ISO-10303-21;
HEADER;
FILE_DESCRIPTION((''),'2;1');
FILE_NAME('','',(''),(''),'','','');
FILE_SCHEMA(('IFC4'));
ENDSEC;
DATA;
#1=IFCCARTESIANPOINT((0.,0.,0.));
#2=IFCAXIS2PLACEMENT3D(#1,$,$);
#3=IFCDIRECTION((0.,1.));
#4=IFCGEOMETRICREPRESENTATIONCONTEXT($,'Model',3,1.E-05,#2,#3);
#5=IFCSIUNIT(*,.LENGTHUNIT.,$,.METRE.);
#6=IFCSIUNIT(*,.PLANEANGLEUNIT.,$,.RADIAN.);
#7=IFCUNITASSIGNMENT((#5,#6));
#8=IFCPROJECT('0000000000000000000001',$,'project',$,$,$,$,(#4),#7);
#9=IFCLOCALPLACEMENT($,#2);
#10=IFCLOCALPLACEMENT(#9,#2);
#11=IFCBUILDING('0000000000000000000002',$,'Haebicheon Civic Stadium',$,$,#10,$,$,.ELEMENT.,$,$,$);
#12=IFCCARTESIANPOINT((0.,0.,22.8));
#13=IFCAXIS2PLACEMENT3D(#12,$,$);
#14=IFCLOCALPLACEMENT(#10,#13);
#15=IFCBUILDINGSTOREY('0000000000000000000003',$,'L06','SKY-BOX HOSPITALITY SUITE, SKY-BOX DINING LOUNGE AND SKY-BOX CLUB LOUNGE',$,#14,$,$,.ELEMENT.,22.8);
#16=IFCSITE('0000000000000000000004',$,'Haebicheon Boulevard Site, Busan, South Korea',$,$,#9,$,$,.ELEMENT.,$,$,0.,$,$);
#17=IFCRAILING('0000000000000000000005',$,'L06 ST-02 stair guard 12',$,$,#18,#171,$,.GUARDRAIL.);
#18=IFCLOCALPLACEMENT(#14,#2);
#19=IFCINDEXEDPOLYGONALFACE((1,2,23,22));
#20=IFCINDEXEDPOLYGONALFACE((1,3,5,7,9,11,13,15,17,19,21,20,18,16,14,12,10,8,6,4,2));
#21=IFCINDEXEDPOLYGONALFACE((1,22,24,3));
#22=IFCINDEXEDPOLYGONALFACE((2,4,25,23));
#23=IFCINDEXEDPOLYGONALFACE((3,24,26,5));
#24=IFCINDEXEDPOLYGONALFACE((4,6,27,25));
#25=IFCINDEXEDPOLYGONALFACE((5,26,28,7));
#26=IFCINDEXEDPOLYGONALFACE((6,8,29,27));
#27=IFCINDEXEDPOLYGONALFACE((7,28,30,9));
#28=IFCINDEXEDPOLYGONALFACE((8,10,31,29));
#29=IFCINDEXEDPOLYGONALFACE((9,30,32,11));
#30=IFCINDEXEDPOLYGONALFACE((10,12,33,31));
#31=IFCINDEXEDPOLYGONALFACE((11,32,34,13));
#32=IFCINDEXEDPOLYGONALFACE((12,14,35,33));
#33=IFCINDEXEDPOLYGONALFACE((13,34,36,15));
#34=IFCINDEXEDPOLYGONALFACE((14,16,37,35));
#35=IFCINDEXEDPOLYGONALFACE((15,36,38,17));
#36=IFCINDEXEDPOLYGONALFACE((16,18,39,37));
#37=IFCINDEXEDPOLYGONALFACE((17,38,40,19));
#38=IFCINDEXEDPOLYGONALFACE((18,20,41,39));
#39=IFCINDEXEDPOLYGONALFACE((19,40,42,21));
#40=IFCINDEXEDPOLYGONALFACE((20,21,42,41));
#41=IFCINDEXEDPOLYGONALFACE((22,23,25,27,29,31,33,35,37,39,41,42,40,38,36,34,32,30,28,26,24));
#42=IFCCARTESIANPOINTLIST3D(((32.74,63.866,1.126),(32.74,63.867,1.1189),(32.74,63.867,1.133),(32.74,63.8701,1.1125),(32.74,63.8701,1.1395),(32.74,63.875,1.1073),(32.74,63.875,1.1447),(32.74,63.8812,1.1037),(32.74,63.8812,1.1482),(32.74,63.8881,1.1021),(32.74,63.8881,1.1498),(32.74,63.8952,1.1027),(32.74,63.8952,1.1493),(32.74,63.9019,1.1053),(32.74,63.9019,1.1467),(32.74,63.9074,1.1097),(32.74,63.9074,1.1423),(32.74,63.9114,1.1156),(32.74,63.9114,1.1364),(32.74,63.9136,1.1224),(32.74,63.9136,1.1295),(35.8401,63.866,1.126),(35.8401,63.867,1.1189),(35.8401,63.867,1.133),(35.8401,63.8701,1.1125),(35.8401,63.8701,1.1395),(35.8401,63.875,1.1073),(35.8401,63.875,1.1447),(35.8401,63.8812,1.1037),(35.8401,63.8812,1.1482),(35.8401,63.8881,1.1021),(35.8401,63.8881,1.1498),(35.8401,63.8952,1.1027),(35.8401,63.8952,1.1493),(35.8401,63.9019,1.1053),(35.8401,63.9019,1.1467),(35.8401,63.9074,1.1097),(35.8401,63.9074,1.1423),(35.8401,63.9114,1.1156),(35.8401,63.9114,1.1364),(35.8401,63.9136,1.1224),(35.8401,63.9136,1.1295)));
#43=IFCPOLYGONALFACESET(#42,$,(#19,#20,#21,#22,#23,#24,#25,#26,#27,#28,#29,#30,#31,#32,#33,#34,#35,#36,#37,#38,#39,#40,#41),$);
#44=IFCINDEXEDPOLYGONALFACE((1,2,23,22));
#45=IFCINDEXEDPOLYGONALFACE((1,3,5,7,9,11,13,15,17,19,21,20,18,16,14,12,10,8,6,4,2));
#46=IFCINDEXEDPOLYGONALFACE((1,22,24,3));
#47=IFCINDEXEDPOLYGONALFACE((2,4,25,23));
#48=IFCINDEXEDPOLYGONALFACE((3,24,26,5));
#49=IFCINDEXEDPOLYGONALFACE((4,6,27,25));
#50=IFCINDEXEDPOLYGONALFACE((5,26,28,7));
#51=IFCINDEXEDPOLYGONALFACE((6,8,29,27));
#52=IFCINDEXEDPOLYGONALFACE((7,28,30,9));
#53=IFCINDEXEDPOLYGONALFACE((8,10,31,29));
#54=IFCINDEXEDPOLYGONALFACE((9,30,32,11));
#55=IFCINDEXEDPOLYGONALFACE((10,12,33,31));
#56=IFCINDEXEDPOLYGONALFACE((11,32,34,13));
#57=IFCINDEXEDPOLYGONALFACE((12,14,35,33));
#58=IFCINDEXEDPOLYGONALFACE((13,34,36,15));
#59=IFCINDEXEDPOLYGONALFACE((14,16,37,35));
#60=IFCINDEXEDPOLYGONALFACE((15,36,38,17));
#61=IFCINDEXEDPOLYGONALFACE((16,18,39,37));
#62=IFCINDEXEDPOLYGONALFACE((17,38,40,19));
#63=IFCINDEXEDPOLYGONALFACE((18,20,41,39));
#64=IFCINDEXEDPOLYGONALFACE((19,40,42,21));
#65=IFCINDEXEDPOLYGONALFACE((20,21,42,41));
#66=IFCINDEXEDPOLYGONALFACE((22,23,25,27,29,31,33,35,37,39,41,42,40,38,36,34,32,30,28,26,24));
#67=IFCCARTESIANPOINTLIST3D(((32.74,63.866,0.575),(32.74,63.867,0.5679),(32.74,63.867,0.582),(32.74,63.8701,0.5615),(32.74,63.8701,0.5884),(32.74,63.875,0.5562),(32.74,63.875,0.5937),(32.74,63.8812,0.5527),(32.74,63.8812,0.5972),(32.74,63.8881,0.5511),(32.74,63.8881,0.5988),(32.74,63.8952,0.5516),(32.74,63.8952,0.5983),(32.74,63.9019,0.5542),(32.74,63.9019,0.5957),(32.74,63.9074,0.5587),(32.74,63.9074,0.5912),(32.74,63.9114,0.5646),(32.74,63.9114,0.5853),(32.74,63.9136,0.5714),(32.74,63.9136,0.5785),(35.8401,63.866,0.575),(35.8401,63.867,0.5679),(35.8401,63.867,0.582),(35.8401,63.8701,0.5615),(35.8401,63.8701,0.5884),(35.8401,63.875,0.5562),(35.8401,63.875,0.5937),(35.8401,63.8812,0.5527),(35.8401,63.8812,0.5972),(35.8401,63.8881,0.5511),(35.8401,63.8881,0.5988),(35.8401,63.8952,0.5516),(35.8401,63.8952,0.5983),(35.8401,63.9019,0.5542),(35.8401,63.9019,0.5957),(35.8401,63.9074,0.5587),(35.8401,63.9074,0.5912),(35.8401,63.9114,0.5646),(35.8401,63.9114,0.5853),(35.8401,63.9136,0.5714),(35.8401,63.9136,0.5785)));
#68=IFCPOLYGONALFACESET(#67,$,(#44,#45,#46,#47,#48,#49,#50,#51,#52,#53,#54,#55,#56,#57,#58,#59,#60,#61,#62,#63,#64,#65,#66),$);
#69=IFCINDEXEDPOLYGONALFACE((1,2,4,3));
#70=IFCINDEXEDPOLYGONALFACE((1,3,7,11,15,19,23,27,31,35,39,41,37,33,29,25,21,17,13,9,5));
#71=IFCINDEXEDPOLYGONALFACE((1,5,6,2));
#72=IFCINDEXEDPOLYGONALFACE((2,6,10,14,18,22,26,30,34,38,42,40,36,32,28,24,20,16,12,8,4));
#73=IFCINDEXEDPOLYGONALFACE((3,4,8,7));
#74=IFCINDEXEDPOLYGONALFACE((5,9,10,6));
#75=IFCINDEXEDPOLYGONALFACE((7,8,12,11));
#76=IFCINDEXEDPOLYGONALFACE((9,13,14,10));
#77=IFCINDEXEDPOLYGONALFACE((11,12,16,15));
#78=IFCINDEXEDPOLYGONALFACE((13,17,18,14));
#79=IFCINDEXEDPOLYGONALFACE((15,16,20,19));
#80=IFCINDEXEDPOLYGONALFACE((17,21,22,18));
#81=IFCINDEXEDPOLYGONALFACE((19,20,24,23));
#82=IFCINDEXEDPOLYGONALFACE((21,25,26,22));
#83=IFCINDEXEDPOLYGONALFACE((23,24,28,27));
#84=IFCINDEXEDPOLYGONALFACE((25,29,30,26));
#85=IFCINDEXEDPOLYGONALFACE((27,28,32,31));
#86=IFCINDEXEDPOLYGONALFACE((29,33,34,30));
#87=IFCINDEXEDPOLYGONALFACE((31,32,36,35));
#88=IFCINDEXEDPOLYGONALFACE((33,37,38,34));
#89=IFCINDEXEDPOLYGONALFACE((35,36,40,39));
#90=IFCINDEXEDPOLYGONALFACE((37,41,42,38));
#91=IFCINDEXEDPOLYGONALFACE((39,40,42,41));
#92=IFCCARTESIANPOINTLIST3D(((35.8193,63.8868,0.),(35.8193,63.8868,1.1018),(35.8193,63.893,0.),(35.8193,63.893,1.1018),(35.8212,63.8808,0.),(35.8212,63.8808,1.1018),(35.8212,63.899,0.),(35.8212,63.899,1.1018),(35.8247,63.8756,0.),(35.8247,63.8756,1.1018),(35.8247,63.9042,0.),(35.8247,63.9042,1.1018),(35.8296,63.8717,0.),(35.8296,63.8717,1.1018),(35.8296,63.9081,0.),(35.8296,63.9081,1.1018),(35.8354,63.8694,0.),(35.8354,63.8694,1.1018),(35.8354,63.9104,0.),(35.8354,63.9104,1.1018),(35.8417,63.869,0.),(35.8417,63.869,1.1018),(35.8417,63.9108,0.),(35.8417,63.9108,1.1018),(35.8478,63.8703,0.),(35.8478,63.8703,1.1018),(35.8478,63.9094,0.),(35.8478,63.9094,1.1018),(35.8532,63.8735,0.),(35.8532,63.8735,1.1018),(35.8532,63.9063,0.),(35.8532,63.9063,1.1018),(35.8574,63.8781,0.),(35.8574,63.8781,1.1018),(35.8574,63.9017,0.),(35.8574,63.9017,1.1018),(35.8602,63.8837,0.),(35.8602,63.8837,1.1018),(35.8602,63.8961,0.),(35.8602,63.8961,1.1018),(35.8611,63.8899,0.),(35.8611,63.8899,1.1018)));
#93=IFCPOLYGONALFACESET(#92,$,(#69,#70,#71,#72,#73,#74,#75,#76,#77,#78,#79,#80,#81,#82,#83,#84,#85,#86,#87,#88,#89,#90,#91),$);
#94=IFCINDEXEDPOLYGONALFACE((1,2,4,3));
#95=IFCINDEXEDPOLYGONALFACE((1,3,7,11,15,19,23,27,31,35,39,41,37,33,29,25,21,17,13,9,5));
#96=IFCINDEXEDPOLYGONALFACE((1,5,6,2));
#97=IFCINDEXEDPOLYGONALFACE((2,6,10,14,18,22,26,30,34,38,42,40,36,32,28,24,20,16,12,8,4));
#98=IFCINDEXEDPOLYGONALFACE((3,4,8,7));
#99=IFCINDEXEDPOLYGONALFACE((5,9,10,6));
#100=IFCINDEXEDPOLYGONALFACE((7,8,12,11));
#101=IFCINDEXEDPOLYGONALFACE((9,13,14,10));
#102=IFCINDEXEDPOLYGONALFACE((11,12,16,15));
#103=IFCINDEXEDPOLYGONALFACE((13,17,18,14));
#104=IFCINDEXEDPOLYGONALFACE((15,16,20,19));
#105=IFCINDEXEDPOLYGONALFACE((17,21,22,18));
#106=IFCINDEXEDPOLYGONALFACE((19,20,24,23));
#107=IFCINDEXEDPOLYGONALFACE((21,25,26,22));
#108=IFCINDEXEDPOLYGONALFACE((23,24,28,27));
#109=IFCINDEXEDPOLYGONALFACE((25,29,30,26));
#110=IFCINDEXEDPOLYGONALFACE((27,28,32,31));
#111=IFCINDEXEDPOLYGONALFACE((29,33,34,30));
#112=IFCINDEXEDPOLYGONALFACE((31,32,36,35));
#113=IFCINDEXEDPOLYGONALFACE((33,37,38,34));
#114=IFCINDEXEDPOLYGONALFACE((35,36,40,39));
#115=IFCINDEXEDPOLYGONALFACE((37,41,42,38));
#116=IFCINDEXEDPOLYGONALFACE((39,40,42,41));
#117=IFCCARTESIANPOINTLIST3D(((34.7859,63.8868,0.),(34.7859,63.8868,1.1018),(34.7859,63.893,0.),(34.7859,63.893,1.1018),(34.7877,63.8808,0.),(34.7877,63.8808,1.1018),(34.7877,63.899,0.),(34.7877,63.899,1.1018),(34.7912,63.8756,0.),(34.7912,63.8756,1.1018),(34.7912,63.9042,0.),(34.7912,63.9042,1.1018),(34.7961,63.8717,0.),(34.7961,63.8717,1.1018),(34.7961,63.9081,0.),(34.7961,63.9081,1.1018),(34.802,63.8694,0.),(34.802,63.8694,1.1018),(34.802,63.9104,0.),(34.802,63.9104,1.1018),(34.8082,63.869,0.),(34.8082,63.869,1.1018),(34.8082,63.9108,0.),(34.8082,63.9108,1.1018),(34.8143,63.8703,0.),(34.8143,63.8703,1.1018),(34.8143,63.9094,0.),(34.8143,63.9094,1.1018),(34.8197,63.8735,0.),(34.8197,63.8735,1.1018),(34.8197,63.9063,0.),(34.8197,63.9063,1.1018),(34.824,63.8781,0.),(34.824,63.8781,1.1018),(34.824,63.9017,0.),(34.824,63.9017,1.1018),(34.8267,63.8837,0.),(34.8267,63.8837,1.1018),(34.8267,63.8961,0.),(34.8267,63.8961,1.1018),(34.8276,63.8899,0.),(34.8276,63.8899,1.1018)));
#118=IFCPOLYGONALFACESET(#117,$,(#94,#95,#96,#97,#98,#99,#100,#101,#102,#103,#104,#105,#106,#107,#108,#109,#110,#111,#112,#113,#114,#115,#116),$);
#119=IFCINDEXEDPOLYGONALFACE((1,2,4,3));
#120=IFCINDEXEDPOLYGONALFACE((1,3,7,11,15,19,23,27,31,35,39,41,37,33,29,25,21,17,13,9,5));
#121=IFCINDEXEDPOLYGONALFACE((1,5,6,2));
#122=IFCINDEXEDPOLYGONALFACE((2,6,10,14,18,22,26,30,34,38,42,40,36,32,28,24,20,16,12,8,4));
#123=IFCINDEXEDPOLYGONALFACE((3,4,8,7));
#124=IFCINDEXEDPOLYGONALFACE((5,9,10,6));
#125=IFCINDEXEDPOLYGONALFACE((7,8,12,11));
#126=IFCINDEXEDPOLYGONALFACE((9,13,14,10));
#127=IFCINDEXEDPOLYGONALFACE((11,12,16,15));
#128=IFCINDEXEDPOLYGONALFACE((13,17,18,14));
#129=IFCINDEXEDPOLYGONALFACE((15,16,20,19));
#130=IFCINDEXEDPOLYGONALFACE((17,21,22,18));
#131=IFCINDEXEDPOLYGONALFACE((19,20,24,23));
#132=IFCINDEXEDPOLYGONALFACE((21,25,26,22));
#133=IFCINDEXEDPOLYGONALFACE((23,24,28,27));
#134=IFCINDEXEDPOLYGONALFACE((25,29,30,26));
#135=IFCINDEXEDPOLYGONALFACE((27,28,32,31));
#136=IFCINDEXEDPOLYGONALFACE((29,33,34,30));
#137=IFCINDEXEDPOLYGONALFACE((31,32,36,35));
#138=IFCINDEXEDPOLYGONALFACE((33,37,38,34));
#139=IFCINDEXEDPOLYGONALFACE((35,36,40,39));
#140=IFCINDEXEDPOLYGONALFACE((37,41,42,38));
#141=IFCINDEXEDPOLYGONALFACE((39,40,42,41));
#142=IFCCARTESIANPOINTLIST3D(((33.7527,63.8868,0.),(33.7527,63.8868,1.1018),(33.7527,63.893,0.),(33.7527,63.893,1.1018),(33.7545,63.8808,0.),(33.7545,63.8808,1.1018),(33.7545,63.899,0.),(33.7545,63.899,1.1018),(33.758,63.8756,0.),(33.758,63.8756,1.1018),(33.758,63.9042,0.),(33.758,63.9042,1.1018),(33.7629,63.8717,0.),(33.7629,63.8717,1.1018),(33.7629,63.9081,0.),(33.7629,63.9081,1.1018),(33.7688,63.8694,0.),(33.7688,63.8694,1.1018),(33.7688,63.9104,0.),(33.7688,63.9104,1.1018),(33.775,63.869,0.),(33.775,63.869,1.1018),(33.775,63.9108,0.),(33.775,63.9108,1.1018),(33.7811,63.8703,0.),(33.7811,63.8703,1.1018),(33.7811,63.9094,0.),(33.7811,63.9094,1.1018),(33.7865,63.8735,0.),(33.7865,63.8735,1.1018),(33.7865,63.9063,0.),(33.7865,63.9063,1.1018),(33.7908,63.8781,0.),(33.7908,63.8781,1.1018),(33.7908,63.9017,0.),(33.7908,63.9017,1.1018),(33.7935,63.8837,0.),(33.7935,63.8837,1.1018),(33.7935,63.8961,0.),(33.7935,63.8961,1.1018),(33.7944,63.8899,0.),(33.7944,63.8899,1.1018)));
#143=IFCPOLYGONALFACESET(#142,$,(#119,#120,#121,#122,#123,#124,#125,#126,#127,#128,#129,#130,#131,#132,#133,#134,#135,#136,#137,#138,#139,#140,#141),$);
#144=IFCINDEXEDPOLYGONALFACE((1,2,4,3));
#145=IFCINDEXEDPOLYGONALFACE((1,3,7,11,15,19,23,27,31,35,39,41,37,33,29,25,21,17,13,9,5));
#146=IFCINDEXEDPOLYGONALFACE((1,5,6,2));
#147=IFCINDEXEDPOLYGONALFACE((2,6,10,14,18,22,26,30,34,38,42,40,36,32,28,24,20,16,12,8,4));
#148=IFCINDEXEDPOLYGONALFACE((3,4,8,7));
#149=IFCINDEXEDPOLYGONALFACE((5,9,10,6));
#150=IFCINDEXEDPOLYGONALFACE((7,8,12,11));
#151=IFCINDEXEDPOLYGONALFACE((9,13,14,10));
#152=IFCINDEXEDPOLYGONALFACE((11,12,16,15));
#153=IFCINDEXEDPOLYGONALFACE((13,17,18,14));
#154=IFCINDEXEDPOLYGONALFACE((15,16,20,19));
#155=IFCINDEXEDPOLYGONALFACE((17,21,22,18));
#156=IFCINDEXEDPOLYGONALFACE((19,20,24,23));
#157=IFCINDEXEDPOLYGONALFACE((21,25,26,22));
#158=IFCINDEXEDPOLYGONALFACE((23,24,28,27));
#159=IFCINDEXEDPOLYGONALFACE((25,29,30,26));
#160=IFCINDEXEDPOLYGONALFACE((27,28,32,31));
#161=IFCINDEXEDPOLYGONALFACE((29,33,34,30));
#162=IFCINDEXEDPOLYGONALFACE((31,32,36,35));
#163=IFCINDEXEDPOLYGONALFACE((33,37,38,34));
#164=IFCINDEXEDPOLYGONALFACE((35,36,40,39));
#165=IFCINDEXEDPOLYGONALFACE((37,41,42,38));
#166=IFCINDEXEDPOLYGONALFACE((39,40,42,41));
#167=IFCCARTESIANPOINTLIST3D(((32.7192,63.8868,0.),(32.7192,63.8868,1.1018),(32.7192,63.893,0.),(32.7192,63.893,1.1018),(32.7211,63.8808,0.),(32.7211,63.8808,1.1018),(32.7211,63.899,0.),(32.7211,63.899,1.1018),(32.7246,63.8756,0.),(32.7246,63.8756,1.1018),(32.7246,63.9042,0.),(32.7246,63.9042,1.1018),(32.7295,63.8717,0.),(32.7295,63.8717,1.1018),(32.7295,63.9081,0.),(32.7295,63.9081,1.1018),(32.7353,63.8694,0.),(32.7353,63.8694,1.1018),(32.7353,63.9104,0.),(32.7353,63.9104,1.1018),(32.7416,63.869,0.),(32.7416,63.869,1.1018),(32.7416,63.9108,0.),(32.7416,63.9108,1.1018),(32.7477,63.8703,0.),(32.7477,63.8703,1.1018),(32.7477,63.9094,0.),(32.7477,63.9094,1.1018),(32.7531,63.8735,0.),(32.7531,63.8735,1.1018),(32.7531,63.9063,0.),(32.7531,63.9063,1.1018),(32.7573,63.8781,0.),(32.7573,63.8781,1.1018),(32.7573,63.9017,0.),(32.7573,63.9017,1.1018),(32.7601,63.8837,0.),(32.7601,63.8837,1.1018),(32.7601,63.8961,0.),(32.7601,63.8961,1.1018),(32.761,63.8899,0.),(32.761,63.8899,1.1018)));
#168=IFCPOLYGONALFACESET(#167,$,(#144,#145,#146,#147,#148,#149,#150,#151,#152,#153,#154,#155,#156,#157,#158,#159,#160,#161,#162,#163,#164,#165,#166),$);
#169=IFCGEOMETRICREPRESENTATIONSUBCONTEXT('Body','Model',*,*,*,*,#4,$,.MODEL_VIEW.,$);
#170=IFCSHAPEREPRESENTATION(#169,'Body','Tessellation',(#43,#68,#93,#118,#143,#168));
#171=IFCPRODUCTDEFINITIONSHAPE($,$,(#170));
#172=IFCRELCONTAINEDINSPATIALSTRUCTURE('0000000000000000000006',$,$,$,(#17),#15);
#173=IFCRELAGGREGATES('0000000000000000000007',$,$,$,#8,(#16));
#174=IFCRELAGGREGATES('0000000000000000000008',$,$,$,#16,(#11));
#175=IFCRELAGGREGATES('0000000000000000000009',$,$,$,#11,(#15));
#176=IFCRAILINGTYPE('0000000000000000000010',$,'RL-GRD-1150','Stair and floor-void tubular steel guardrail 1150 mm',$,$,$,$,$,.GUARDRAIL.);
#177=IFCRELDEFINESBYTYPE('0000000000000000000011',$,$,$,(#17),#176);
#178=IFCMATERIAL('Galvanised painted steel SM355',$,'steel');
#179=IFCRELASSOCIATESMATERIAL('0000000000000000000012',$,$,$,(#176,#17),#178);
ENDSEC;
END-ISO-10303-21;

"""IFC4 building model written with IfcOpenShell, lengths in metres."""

from ifc_helpers import new_model, si_unit, direction, frame, origin, origin_2d, place, context, subcontext, project, spatial, circle, extrude, material, type_object, element, save


model = new_model("IFC4")

# Units and contexts
model_context = context("Model", 3, precision=1e-05, world=origin(), true_north=direction((0.0, 1.0)))
body_context = subcontext(model_context, "Body", "Model", "MODEL_VIEW")
ifc_project = project(units=[si_unit("LENGTHUNIT", "METRE"), si_unit("PLANEANGLEUNIT", "RADIAN")], contexts=[model_context])

# Site, building, storey
site_placement = place(None, origin())
site = spatial("IfcSite", under=ifc_project, at=site_placement, Name="Haebicheon Boulevard Site, Busan, South Korea", CompositionType="ELEMENT", RefElevation=0.0)
building_placement = place(site_placement, origin())
building = spatial("IfcBuilding", under=site, at=building_placement, Name="Haebicheon Civic Stadium", CompositionType="ELEMENT")
storey_placement = place(building_placement, frame((0.0, 0.0, 22.8)))
storey = spatial("IfcBuildingStorey", under=building, at=storey_placement, Name="L06", Description="SKY-BOX HOSPITALITY SUITE, SKY-BOX DINING LOUNGE AND SKY-BOX CLUB LOUNGE", CompositionType="ELEMENT", Elevation=22.8)

# Railing
ifc_material_1 = material(Name="Galvanised painted steel SM355", Category="steel")
railing_type_1 = type_object("IfcRailingType", Name="RL-GRD-1150", Description="Stair and floor-void tubular steel guardrail 1150 mm", PredefinedType="GUARDRAIL", material=ifc_material_1)
railing_1_placement = place(storey_placement, frame((35.8401, 63.8899, 0.0)))
element("IfcRailing", 1, at=railing_1_placement, inside=storey, type_object=railing_type_1, material=ifc_material_1, Name="L06 ST-02 stair guard 12", PredefinedType="GUARDRAIL", context=body_context, shape_type="SweptSolid", body=[
    extrude(circle(Radius=0.0239, at=origin_2d()), frame((0.0, 0.0, 1.126), z_axis=(-1.0, 0.0, 0.0), x_axis=(0.0, -1.0, 0.0)), (0.0, 0.0, 1.0), 3.1001),
    extrude(circle(Radius=0.0239, at=origin_2d()), frame((0.0, 0.0, 0.575), z_axis=(-1.0, 0.0, 0.0), x_axis=(0.0, -1.0, 0.0)), (0.0, 0.0, 1.0), 3.1001),
    extrude(circle(Radius=0.021, at=origin_2d()), origin(), (0.0, 0.0, 1.0), 1.1018),
    extrude(circle(Radius=0.021, at=origin_2d()), frame((-1.0334, 0.0, 0.0)), (0.0, 0.0, 1.0), 1.1018),
    extrude(circle(Radius=0.021, at=origin_2d()), frame((-2.0667, 0.0, 0.0)), (0.0, 0.0, 1.0), 1.1018),
    extrude(circle(Radius=0.021, at=origin_2d()), frame((-3.1001, 0.0, 0.0)), (0.0, 0.0, 1.0), 1.1018),
])

save(model, "model.ifc")
